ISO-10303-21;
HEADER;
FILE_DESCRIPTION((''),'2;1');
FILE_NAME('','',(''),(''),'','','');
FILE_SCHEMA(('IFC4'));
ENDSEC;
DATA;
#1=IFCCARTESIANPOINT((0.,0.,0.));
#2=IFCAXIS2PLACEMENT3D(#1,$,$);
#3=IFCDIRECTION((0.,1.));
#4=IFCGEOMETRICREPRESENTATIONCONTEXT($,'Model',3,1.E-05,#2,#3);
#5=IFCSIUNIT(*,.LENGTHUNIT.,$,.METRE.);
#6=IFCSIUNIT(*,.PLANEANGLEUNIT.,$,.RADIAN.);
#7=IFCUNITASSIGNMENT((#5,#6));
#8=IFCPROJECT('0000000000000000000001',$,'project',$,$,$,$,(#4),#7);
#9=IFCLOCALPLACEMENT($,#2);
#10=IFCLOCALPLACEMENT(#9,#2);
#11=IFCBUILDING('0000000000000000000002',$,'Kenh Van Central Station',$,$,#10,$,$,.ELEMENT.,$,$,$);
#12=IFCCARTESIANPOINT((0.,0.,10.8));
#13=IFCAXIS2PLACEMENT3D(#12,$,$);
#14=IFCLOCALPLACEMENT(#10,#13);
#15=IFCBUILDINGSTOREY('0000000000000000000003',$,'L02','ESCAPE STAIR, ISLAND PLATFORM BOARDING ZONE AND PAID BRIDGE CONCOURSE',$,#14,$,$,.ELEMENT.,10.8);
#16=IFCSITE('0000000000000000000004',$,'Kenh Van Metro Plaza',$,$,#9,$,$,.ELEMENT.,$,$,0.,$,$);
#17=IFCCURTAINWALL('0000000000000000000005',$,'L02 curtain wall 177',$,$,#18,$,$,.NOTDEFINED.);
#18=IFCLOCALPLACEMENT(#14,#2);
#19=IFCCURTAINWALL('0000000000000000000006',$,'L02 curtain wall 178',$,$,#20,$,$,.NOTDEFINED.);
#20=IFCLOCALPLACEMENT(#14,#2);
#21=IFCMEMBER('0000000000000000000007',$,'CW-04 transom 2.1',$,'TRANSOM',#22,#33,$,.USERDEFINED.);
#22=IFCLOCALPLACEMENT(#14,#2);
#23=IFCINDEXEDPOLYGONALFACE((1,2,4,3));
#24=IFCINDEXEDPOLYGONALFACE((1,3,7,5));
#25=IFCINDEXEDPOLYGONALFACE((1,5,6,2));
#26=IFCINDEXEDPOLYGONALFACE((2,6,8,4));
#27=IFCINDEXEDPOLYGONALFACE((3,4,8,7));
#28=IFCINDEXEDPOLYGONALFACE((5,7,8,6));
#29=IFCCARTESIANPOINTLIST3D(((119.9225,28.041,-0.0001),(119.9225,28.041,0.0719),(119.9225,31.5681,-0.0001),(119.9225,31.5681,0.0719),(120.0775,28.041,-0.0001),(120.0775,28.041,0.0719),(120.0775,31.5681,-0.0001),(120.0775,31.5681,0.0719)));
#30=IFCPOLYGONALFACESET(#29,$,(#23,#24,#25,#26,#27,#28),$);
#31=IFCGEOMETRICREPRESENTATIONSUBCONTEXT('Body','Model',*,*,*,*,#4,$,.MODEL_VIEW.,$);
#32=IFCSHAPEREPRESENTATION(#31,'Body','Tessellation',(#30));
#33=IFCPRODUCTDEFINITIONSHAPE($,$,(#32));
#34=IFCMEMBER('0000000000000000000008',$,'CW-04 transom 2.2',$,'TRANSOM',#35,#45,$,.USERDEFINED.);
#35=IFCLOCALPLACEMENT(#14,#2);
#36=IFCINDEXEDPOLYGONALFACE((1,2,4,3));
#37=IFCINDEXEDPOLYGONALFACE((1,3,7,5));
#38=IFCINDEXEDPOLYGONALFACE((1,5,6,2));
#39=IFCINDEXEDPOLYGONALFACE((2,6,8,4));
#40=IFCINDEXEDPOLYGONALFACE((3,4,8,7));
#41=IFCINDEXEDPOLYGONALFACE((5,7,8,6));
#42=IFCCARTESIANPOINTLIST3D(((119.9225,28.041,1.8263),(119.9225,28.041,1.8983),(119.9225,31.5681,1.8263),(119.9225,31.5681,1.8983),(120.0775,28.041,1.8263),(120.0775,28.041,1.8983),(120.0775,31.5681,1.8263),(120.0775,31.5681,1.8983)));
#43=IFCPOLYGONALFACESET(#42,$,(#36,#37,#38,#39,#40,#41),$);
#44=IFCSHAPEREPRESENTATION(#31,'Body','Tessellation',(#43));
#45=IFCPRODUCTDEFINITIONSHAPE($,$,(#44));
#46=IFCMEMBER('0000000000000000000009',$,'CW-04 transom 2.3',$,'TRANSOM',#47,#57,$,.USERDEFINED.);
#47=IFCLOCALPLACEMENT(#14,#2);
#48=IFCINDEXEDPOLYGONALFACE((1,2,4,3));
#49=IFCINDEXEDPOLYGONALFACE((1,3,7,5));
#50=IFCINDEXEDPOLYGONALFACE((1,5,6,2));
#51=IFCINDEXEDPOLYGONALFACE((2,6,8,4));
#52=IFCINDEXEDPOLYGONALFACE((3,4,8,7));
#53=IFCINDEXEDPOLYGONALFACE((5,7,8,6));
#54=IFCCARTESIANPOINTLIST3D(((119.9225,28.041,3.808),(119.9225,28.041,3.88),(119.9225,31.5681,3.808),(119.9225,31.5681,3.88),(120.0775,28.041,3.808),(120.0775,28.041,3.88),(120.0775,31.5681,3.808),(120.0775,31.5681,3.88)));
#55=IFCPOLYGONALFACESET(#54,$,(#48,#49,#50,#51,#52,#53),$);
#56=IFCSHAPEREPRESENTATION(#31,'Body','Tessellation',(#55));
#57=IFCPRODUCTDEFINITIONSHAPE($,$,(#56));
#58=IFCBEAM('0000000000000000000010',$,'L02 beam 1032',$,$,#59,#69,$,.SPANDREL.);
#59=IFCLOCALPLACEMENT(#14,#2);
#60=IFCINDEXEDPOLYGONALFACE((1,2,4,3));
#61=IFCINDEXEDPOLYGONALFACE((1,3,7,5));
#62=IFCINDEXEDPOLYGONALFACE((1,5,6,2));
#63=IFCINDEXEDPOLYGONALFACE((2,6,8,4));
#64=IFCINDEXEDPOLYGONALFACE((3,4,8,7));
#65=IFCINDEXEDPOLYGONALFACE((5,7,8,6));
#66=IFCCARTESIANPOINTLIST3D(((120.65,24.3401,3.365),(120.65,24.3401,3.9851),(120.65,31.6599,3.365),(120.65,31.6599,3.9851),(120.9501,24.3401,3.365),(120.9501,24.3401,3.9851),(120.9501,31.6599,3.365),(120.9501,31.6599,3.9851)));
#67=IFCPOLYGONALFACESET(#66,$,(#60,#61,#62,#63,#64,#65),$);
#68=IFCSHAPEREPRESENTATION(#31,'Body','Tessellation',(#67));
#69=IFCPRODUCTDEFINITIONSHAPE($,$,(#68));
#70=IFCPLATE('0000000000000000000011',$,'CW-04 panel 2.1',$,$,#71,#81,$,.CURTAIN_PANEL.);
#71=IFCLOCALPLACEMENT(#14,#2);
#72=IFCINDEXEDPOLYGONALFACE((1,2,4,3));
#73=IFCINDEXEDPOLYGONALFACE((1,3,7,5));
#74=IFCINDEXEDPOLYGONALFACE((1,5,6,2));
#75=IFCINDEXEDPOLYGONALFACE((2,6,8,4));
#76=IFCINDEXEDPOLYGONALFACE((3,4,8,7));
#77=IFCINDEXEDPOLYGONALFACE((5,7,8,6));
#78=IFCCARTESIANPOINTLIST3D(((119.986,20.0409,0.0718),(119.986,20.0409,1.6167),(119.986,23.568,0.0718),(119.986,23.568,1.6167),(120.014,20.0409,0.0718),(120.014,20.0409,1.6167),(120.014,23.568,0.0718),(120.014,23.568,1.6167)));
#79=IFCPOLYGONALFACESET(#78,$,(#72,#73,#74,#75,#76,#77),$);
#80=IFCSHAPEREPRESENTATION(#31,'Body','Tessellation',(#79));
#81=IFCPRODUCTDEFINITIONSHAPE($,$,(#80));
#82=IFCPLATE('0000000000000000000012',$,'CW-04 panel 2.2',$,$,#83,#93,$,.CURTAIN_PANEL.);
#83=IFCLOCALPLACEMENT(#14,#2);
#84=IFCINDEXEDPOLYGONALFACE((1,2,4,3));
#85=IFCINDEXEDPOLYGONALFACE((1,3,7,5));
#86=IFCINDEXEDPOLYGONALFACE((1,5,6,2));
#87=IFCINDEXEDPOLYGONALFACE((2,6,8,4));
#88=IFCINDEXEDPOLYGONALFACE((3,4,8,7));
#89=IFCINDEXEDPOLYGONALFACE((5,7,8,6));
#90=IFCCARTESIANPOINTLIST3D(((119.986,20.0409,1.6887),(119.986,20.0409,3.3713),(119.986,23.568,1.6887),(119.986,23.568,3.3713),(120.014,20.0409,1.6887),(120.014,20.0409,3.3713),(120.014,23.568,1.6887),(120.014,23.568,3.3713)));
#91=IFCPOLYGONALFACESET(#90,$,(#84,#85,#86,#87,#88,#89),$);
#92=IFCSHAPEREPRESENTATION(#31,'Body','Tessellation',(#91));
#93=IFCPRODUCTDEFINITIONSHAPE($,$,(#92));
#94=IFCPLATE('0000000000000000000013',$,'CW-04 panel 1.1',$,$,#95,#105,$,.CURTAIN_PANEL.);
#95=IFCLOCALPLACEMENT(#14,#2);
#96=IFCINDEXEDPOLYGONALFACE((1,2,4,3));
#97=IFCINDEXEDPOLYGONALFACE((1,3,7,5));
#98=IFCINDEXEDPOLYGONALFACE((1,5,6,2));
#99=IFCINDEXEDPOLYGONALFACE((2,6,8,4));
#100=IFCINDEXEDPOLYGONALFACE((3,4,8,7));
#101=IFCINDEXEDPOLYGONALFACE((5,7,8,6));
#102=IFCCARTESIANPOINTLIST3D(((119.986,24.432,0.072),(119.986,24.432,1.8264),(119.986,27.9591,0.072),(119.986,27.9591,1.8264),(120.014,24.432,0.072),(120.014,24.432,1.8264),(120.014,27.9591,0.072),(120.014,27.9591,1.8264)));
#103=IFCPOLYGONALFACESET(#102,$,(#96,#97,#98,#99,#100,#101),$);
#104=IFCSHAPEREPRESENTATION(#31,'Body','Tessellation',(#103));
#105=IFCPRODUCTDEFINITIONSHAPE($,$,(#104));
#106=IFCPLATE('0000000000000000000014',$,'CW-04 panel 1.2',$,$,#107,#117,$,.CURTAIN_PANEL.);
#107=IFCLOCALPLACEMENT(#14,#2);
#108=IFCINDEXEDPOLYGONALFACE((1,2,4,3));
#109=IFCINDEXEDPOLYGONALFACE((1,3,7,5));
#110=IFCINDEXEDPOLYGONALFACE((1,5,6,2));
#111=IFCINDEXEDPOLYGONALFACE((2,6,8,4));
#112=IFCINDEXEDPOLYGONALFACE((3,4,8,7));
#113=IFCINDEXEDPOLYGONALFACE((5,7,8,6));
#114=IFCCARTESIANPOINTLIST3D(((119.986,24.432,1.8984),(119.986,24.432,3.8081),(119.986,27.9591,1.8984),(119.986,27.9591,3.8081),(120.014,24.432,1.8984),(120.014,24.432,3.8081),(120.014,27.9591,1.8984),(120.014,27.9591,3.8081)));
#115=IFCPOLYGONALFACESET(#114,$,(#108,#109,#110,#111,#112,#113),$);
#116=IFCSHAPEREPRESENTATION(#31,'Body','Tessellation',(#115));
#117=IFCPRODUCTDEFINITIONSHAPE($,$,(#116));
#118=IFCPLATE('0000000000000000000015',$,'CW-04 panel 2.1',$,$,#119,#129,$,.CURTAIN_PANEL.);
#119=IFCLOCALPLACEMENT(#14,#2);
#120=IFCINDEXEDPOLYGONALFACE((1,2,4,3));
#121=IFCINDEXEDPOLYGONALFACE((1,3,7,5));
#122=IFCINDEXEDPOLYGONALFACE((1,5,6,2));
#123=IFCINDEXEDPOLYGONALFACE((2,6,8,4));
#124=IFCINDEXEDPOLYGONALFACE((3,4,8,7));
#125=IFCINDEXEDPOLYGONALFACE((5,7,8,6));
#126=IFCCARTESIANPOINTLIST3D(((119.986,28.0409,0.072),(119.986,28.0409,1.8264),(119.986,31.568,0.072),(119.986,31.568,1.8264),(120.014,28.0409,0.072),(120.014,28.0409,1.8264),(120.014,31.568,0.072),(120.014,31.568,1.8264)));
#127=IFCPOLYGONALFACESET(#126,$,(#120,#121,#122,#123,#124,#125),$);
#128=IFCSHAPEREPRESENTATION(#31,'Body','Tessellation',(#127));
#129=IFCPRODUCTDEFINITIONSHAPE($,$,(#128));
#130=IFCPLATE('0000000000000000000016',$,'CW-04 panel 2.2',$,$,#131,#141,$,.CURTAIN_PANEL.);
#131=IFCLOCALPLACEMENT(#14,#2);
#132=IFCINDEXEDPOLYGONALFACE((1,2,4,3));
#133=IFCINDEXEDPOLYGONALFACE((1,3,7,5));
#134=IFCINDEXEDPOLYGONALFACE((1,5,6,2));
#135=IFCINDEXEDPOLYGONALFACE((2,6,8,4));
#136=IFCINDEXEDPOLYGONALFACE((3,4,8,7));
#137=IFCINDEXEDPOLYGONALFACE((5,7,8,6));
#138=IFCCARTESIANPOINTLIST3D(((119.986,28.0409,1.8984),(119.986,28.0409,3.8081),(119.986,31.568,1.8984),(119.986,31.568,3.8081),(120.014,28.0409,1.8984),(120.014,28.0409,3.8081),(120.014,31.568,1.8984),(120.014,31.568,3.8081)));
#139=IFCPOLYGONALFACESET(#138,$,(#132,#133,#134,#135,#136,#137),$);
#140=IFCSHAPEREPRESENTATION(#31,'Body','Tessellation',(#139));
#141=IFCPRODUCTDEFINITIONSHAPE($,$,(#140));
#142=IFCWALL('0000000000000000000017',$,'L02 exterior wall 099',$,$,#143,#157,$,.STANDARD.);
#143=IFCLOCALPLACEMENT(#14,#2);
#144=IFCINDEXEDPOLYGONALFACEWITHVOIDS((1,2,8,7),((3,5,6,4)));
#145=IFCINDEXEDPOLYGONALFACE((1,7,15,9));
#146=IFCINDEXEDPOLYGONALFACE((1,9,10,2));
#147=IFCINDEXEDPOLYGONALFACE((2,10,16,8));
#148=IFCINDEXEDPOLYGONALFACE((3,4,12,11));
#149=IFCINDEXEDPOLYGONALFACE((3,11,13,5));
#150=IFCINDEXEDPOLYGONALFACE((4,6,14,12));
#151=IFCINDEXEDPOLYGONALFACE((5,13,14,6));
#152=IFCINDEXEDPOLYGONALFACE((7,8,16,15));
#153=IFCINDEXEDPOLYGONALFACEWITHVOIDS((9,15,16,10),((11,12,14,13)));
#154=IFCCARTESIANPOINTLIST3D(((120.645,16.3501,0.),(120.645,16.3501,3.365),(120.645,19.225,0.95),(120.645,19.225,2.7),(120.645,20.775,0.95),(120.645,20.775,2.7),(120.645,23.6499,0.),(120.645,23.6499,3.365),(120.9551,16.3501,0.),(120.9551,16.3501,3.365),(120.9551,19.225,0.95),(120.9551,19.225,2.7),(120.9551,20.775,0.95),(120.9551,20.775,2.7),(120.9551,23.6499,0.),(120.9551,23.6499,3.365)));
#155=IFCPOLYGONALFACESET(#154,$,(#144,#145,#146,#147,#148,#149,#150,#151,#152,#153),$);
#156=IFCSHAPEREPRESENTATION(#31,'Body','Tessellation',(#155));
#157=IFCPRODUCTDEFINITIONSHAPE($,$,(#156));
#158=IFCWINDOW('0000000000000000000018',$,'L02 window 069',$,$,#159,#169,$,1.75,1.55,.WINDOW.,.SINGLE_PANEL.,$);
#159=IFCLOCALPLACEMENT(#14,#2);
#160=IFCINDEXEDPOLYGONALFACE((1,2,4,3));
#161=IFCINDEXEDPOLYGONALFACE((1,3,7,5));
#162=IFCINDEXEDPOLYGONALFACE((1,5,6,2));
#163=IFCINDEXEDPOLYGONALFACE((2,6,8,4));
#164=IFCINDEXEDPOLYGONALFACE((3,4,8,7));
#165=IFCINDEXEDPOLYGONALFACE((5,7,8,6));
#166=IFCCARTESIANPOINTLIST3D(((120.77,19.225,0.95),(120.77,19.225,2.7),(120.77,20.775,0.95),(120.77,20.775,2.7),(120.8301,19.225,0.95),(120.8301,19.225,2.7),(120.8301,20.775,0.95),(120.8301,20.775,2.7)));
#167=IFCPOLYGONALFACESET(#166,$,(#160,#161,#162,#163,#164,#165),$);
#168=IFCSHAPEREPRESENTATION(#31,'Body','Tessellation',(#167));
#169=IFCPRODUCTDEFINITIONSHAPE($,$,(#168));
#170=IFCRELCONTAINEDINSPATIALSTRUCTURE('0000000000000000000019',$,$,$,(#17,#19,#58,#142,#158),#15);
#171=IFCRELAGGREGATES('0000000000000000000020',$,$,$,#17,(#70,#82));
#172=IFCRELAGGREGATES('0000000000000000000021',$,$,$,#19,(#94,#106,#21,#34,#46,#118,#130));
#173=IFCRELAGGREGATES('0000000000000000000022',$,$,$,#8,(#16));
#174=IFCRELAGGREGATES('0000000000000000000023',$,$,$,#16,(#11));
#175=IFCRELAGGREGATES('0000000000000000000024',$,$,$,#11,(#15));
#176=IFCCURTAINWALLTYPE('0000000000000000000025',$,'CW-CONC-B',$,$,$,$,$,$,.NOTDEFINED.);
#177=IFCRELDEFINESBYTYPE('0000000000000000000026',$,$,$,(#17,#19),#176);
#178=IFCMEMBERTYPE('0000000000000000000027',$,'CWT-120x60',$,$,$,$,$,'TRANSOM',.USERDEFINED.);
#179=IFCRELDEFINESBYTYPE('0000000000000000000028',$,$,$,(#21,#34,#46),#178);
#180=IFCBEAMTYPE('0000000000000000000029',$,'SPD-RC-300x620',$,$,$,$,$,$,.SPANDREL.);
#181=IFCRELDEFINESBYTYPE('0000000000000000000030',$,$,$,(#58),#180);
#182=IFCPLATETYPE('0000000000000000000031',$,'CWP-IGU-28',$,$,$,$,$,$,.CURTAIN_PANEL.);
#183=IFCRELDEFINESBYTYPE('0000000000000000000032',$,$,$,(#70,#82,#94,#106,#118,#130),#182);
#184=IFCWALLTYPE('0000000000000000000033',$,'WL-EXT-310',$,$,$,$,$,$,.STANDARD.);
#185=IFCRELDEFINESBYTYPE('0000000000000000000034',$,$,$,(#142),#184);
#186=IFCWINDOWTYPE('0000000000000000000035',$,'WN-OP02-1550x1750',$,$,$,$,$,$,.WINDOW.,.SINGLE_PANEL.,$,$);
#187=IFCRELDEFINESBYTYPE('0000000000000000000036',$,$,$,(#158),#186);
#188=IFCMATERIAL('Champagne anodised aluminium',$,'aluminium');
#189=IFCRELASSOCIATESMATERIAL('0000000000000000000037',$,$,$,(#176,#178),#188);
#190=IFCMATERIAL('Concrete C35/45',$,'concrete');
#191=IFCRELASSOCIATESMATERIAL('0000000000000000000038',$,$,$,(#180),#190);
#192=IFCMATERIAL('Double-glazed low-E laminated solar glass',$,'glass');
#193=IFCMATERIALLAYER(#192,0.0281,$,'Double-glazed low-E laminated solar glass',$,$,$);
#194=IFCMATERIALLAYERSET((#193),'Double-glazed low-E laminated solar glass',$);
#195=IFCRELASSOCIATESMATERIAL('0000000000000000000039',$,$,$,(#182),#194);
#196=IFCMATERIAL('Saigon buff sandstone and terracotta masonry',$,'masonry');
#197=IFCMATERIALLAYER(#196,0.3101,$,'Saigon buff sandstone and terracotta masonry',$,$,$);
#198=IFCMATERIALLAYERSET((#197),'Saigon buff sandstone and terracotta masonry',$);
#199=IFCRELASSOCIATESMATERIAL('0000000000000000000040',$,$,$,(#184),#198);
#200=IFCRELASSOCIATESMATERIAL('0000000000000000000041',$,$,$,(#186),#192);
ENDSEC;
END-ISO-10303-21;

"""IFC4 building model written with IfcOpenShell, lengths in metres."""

from ifc_helpers import new_model, si_unit, direction, frame, frame_2d, origin, origin_2d, place, context, subcontext, project, spatial, rectangle, extrude, material, layer, layer_set, material_profile, profile_set, type_object, element, fill, aggregate, save


model = new_model("IFC4")

# Units and contexts
model_context = context("Model", 3, precision=1e-05, world=origin(), true_north=direction((0.0, 1.0)))
body_context = subcontext(model_context, "Body", "Model", "MODEL_VIEW")
ifc_project = project(units=[si_unit("LENGTHUNIT", "METRE"), si_unit("PLANEANGLEUNIT", "RADIAN")], contexts=[model_context])

# Site, building, storey
site_placement = place(None, origin())
site = spatial("IfcSite", under=ifc_project, at=site_placement, Name="Kenh Van Metro Plaza", CompositionType="ELEMENT", RefElevation=0.0)
building_placement = place(site_placement, origin())
building = spatial("IfcBuilding", under=site, at=building_placement, Name="Kenh Van Central Station", CompositionType="ELEMENT")
storey_placement = place(building_placement, frame((0.0, 0.0, 10.8)))
storey = spatial("IfcBuildingStorey", under=building, at=storey_placement, Name="L02", Description="ESCAPE STAIR, ISLAND PLATFORM BOARDING ZONE AND PAID BRIDGE CONCOURSE", CompositionType="ELEMENT", Elevation=10.8)

# Shared definitions
ifc_material_1 = material(Name="Concrete C35/45", Category="concrete")

# Curtain wall
ifc_material_2 = material(Name="Champagne anodised aluminium", Category="aluminium")
curtain_wall_type = type_object("IfcCurtainWallType", Name="CW-CONC-B", PredefinedType="NOTDEFINED", material=ifc_material_2)
curtain_wall_1_placement = place(storey_placement, origin())
curtain_wall_1 = element("IfcCurtainWall", 1, at=curtain_wall_1_placement, inside=storey, type_object=curtain_wall_type, Name="L02 curtain wall 177", PredefinedType="NOTDEFINED")

# Curtain wall
curtain_wall_2_placement = place(storey_placement, origin())
curtain_wall_2 = element("IfcCurtainWall", 2, at=curtain_wall_2_placement, inside=storey, type_object=curtain_wall_type, Name="L02 curtain wall 178", PredefinedType="NOTDEFINED")

# Members
ifc_material_profile_1 = material_profile(ifc_material_2, rectangle(XDim=0.155, YDim=0.072, at=origin_2d()), Name="AL 155x72")
ifc_profile_set_1 = profile_set([ifc_material_profile_1], Name="Champagne anodised aluminium")
member_type_1 = type_object("IfcMemberType", Name="CWT-120x60", ElementType="TRANSOM", PredefinedType="USERDEFINED", material=ifc_profile_set_1)
member_1_placement = place(storey_placement, frame((120.0, 28.041, 0.0359), z_axis=(0.0, 1.0, 0.0), x_axis=(-1.0, 0.0, 0.0)))
member_1 = element("IfcMember", 3, at=member_1_placement, type_object=member_type_1, Name="CW-04 transom 2.1", ObjectType="TRANSOM", PredefinedType="USERDEFINED", context=body_context, shape_type="SweptSolid", body=[
    extrude(rectangle(XDim=0.155, YDim=0.072, at=origin_2d()), origin(), (0.0, 0.0, 1.0), 3.5271),
])
member_2_placement = place(storey_placement, frame((120.0, 28.041, 1.8623), z_axis=(0.0, 1.0, 0.0), x_axis=(-1.0, 0.0, 0.0)))
member_2 = element("IfcMember", 4, at=member_2_placement, type_object=member_type_1, Name="CW-04 transom 2.2", ObjectType="TRANSOM", PredefinedType="USERDEFINED", context=body_context, shape_type="SweptSolid", body=[
    extrude(rectangle(XDim=0.155, YDim=0.072, at=origin_2d()), origin(), (0.0, 0.0, 1.0), 3.5271),
])
member_3_placement = place(storey_placement, frame((120.0, 28.041, 3.844), z_axis=(0.0, 1.0, 0.0), x_axis=(-1.0, 0.0, 0.0)))
member_3 = element("IfcMember", 5, at=member_3_placement, type_object=member_type_1, Name="CW-04 transom 2.3", ObjectType="TRANSOM", PredefinedType="USERDEFINED", context=body_context, shape_type="SweptSolid", body=[
    extrude(rectangle(XDim=0.155, YDim=0.072, at=origin_2d()), origin(), (0.0, 0.0, 1.0), 3.5271),
])

# Beam
ifc_material_profile_2 = material_profile(ifc_material_1, rectangle(XDim=0.3, YDim=0.6201, at=origin_2d()), Name="RC 300x620")
ifc_profile_set_2 = profile_set([ifc_material_profile_2], Name="Concrete C35/45")
beam_type_1 = type_object("IfcBeamType", Name="SPD-RC-300x620", PredefinedType="SPANDREL", material=ifc_profile_set_2)
beam_1_placement = place(storey_placement, frame((120.8, 24.3401, 3.675), z_axis=(0.0, 1.0, 0.0), x_axis=(-1.0, 0.0, 0.0)))
element("IfcBeam", 6, at=beam_1_placement, inside=storey, type_object=beam_type_1, Name="L02 beam 1032", PredefinedType="SPANDREL", context=body_context, shape_type="SweptSolid", body=[
    extrude(rectangle(XDim=0.3, YDim=0.6201, at=origin_2d()), origin(), (0.0, 0.0, 1.0), 7.3198),
])

# Plates
ifc_material_3 = material(Name="Double-glazed low-E laminated solar glass", Category="glass")
ifc_layer_1 = layer(ifc_material_3, 0.0281, Name="Double-glazed low-E laminated solar glass")
ifc_layer_set_1 = layer_set([ifc_layer_1], Name="Double-glazed low-E laminated solar glass")
plate_type = type_object("IfcPlateType", Name="CWP-IGU-28", PredefinedType="CURTAIN_PANEL", material=ifc_layer_set_1)
plate_1_placement = place(storey_placement, frame((120.0, 21.8044, 0.0718), z_axis=(0.0, 0.0, 1.0), x_axis=(0.0, 1.0, 0.0)))
plate_1 = element("IfcPlate", 7, at=plate_1_placement, type_object=plate_type, Name="CW-04 panel 2.1", PredefinedType="CURTAIN_PANEL", context=body_context, shape_type="SweptSolid", body=[
    extrude(rectangle(XDim=3.5271, YDim=0.0281, at=origin_2d()), origin(), (0.0, 0.0, 1.0), 1.5449),
])
plate_2_placement = place(storey_placement, frame((120.0, 21.8044, 1.6887), z_axis=(0.0, 0.0, 1.0), x_axis=(0.0, 1.0, 0.0)))
plate_2 = element("IfcPlate", 8, at=plate_2_placement, type_object=plate_type, Name="CW-04 panel 2.2", PredefinedType="CURTAIN_PANEL", context=body_context, shape_type="SweptSolid", body=[
    extrude(rectangle(XDim=3.5271, YDim=0.0281, at=origin_2d()), origin(), (0.0, 0.0, 1.0), 1.6826),
])
aggregate(curtain_wall_1, [plate_1, plate_2])
plate_3_placement = place(storey_placement, frame((120.0, 26.1956, 0.072), z_axis=(0.0, 0.0, 1.0), x_axis=(0.0, 1.0, 0.0)))
plate_3 = element("IfcPlate", 9, at=plate_3_placement, type_object=plate_type, Name="CW-04 panel 1.1", PredefinedType="CURTAIN_PANEL", context=body_context, shape_type="SweptSolid", body=[
    extrude(rectangle(XDim=3.5271, YDim=0.0281, at=origin_2d()), origin(), (0.0, 0.0, 1.0), 1.7544),
])
plate_4_placement = place(storey_placement, frame((120.0, 26.1956, 1.8984), z_axis=(0.0, 0.0, 1.0), x_axis=(0.0, 1.0, 0.0)))
plate_4 = element("IfcPlate", 10, at=plate_4_placement, type_object=plate_type, Name="CW-04 panel 1.2", PredefinedType="CURTAIN_PANEL", context=body_context, shape_type="SweptSolid", body=[
    extrude(rectangle(XDim=3.5271, YDim=0.0281, at=origin_2d()), origin(), (0.0, 0.0, 1.0), 1.9097),
])
plate_5_placement = place(storey_placement, frame((120.0, 29.8044, 0.072), z_axis=(0.0, 0.0, 1.0), x_axis=(0.0, 1.0, 0.0)))
plate_5 = element("IfcPlate", 11, at=plate_5_placement, type_object=plate_type, Name="CW-04 panel 2.1", PredefinedType="CURTAIN_PANEL", context=body_context, shape_type="SweptSolid", body=[
    extrude(rectangle(XDim=3.5271, YDim=0.0281, at=origin_2d()), origin(), (0.0, 0.0, 1.0), 1.7544),
])
plate_6_placement = place(storey_placement, frame((120.0, 29.8044, 1.8984), z_axis=(0.0, 0.0, 1.0), x_axis=(0.0, 1.0, 0.0)))
plate_6 = element("IfcPlate", 12, at=plate_6_placement, type_object=plate_type, Name="CW-04 panel 2.2", PredefinedType="CURTAIN_PANEL", context=body_context, shape_type="SweptSolid", body=[
    extrude(rectangle(XDim=3.5271, YDim=0.0281, at=origin_2d()), origin(), (0.0, 0.0, 1.0), 1.9097),
])
aggregate(curtain_wall_2, [plate_3, plate_4, member_1, member_2, member_3, plate_5, plate_6])

# Wall, opening, window
ifc_material_4 = material(Name="Saigon buff sandstone and terracotta masonry", Category="masonry")
ifc_layer_2 = layer(ifc_material_4, 0.3101, Name="Saigon buff sandstone and terracotta masonry")
ifc_layer_set_2 = layer_set([ifc_layer_2], Name="Saigon buff sandstone and terracotta masonry")
wall_type_1 = type_object("IfcWallType", Name="WL-EXT-310", PredefinedType="STANDARD", material=ifc_layer_set_2)
wall_1_placement = place(storey_placement, frame((120.8, 23.6499, 0.0), z_axis=(0.0, 0.0, 1.0), x_axis=(0.0, -1.0, 0.0)))
wall_1 = element("IfcWall", 13, at=wall_1_placement, inside=storey, type_object=wall_type_1, Name="L02 exterior wall 099", PredefinedType="STANDARD", context=body_context, shape_type="SweptSolid", body=[
    extrude(rectangle(XDim=7.2998, YDim=0.3101, at=frame_2d((3.6499, 0.0))), origin(), (0.0, 0.0, 1.0), 3.365),
])
opening_1_placement = place(wall_1_placement, frame((2.875, 0.0, 0.95)))
opening_1 = element("IfcOpeningElement", 14, at=opening_1_placement, cuts=wall_1, PredefinedType="OPENING", context=body_context, shape_type="SweptSolid", body=[
    extrude(rectangle(XDim=1.55, YDim=1.75, at=frame_2d((0.7749, 0.875))), frame((0.0, 0.165, 0.0), z_axis=(0.0, -1.0, 0.0), x_axis=(1.0, 0.0, 0.0)), (0.0, 0.0, 1.0), 0.3301),
])
window_type_1 = type_object("IfcWindowType", Name="WN-OP02-1550x1750", PartitioningType="SINGLE_PANEL", PredefinedType="WINDOW", material=ifc_material_3)
window_1_placement = place(opening_1_placement, origin())
window_1 = element("IfcWindow", 15, at=window_1_placement, inside=storey, type_object=window_type_1, Name="L02 window 069", OverallHeight=1.75, OverallWidth=1.55, PartitioningType="SINGLE_PANEL", PredefinedType="WINDOW", context=body_context, shape_type="SweptSolid", body=[
    extrude(rectangle(XDim=1.55, YDim=1.75, at=frame_2d((0.7749, 0.875))), frame((0.0, 0.03, 0.0), z_axis=(0.0, -1.0, 0.0), x_axis=(1.0, 0.0, 0.0)), (0.0, 0.0, 1.0), 0.0601),
])
fill(opening_1, window_1)

save(model, "model.ifc")
